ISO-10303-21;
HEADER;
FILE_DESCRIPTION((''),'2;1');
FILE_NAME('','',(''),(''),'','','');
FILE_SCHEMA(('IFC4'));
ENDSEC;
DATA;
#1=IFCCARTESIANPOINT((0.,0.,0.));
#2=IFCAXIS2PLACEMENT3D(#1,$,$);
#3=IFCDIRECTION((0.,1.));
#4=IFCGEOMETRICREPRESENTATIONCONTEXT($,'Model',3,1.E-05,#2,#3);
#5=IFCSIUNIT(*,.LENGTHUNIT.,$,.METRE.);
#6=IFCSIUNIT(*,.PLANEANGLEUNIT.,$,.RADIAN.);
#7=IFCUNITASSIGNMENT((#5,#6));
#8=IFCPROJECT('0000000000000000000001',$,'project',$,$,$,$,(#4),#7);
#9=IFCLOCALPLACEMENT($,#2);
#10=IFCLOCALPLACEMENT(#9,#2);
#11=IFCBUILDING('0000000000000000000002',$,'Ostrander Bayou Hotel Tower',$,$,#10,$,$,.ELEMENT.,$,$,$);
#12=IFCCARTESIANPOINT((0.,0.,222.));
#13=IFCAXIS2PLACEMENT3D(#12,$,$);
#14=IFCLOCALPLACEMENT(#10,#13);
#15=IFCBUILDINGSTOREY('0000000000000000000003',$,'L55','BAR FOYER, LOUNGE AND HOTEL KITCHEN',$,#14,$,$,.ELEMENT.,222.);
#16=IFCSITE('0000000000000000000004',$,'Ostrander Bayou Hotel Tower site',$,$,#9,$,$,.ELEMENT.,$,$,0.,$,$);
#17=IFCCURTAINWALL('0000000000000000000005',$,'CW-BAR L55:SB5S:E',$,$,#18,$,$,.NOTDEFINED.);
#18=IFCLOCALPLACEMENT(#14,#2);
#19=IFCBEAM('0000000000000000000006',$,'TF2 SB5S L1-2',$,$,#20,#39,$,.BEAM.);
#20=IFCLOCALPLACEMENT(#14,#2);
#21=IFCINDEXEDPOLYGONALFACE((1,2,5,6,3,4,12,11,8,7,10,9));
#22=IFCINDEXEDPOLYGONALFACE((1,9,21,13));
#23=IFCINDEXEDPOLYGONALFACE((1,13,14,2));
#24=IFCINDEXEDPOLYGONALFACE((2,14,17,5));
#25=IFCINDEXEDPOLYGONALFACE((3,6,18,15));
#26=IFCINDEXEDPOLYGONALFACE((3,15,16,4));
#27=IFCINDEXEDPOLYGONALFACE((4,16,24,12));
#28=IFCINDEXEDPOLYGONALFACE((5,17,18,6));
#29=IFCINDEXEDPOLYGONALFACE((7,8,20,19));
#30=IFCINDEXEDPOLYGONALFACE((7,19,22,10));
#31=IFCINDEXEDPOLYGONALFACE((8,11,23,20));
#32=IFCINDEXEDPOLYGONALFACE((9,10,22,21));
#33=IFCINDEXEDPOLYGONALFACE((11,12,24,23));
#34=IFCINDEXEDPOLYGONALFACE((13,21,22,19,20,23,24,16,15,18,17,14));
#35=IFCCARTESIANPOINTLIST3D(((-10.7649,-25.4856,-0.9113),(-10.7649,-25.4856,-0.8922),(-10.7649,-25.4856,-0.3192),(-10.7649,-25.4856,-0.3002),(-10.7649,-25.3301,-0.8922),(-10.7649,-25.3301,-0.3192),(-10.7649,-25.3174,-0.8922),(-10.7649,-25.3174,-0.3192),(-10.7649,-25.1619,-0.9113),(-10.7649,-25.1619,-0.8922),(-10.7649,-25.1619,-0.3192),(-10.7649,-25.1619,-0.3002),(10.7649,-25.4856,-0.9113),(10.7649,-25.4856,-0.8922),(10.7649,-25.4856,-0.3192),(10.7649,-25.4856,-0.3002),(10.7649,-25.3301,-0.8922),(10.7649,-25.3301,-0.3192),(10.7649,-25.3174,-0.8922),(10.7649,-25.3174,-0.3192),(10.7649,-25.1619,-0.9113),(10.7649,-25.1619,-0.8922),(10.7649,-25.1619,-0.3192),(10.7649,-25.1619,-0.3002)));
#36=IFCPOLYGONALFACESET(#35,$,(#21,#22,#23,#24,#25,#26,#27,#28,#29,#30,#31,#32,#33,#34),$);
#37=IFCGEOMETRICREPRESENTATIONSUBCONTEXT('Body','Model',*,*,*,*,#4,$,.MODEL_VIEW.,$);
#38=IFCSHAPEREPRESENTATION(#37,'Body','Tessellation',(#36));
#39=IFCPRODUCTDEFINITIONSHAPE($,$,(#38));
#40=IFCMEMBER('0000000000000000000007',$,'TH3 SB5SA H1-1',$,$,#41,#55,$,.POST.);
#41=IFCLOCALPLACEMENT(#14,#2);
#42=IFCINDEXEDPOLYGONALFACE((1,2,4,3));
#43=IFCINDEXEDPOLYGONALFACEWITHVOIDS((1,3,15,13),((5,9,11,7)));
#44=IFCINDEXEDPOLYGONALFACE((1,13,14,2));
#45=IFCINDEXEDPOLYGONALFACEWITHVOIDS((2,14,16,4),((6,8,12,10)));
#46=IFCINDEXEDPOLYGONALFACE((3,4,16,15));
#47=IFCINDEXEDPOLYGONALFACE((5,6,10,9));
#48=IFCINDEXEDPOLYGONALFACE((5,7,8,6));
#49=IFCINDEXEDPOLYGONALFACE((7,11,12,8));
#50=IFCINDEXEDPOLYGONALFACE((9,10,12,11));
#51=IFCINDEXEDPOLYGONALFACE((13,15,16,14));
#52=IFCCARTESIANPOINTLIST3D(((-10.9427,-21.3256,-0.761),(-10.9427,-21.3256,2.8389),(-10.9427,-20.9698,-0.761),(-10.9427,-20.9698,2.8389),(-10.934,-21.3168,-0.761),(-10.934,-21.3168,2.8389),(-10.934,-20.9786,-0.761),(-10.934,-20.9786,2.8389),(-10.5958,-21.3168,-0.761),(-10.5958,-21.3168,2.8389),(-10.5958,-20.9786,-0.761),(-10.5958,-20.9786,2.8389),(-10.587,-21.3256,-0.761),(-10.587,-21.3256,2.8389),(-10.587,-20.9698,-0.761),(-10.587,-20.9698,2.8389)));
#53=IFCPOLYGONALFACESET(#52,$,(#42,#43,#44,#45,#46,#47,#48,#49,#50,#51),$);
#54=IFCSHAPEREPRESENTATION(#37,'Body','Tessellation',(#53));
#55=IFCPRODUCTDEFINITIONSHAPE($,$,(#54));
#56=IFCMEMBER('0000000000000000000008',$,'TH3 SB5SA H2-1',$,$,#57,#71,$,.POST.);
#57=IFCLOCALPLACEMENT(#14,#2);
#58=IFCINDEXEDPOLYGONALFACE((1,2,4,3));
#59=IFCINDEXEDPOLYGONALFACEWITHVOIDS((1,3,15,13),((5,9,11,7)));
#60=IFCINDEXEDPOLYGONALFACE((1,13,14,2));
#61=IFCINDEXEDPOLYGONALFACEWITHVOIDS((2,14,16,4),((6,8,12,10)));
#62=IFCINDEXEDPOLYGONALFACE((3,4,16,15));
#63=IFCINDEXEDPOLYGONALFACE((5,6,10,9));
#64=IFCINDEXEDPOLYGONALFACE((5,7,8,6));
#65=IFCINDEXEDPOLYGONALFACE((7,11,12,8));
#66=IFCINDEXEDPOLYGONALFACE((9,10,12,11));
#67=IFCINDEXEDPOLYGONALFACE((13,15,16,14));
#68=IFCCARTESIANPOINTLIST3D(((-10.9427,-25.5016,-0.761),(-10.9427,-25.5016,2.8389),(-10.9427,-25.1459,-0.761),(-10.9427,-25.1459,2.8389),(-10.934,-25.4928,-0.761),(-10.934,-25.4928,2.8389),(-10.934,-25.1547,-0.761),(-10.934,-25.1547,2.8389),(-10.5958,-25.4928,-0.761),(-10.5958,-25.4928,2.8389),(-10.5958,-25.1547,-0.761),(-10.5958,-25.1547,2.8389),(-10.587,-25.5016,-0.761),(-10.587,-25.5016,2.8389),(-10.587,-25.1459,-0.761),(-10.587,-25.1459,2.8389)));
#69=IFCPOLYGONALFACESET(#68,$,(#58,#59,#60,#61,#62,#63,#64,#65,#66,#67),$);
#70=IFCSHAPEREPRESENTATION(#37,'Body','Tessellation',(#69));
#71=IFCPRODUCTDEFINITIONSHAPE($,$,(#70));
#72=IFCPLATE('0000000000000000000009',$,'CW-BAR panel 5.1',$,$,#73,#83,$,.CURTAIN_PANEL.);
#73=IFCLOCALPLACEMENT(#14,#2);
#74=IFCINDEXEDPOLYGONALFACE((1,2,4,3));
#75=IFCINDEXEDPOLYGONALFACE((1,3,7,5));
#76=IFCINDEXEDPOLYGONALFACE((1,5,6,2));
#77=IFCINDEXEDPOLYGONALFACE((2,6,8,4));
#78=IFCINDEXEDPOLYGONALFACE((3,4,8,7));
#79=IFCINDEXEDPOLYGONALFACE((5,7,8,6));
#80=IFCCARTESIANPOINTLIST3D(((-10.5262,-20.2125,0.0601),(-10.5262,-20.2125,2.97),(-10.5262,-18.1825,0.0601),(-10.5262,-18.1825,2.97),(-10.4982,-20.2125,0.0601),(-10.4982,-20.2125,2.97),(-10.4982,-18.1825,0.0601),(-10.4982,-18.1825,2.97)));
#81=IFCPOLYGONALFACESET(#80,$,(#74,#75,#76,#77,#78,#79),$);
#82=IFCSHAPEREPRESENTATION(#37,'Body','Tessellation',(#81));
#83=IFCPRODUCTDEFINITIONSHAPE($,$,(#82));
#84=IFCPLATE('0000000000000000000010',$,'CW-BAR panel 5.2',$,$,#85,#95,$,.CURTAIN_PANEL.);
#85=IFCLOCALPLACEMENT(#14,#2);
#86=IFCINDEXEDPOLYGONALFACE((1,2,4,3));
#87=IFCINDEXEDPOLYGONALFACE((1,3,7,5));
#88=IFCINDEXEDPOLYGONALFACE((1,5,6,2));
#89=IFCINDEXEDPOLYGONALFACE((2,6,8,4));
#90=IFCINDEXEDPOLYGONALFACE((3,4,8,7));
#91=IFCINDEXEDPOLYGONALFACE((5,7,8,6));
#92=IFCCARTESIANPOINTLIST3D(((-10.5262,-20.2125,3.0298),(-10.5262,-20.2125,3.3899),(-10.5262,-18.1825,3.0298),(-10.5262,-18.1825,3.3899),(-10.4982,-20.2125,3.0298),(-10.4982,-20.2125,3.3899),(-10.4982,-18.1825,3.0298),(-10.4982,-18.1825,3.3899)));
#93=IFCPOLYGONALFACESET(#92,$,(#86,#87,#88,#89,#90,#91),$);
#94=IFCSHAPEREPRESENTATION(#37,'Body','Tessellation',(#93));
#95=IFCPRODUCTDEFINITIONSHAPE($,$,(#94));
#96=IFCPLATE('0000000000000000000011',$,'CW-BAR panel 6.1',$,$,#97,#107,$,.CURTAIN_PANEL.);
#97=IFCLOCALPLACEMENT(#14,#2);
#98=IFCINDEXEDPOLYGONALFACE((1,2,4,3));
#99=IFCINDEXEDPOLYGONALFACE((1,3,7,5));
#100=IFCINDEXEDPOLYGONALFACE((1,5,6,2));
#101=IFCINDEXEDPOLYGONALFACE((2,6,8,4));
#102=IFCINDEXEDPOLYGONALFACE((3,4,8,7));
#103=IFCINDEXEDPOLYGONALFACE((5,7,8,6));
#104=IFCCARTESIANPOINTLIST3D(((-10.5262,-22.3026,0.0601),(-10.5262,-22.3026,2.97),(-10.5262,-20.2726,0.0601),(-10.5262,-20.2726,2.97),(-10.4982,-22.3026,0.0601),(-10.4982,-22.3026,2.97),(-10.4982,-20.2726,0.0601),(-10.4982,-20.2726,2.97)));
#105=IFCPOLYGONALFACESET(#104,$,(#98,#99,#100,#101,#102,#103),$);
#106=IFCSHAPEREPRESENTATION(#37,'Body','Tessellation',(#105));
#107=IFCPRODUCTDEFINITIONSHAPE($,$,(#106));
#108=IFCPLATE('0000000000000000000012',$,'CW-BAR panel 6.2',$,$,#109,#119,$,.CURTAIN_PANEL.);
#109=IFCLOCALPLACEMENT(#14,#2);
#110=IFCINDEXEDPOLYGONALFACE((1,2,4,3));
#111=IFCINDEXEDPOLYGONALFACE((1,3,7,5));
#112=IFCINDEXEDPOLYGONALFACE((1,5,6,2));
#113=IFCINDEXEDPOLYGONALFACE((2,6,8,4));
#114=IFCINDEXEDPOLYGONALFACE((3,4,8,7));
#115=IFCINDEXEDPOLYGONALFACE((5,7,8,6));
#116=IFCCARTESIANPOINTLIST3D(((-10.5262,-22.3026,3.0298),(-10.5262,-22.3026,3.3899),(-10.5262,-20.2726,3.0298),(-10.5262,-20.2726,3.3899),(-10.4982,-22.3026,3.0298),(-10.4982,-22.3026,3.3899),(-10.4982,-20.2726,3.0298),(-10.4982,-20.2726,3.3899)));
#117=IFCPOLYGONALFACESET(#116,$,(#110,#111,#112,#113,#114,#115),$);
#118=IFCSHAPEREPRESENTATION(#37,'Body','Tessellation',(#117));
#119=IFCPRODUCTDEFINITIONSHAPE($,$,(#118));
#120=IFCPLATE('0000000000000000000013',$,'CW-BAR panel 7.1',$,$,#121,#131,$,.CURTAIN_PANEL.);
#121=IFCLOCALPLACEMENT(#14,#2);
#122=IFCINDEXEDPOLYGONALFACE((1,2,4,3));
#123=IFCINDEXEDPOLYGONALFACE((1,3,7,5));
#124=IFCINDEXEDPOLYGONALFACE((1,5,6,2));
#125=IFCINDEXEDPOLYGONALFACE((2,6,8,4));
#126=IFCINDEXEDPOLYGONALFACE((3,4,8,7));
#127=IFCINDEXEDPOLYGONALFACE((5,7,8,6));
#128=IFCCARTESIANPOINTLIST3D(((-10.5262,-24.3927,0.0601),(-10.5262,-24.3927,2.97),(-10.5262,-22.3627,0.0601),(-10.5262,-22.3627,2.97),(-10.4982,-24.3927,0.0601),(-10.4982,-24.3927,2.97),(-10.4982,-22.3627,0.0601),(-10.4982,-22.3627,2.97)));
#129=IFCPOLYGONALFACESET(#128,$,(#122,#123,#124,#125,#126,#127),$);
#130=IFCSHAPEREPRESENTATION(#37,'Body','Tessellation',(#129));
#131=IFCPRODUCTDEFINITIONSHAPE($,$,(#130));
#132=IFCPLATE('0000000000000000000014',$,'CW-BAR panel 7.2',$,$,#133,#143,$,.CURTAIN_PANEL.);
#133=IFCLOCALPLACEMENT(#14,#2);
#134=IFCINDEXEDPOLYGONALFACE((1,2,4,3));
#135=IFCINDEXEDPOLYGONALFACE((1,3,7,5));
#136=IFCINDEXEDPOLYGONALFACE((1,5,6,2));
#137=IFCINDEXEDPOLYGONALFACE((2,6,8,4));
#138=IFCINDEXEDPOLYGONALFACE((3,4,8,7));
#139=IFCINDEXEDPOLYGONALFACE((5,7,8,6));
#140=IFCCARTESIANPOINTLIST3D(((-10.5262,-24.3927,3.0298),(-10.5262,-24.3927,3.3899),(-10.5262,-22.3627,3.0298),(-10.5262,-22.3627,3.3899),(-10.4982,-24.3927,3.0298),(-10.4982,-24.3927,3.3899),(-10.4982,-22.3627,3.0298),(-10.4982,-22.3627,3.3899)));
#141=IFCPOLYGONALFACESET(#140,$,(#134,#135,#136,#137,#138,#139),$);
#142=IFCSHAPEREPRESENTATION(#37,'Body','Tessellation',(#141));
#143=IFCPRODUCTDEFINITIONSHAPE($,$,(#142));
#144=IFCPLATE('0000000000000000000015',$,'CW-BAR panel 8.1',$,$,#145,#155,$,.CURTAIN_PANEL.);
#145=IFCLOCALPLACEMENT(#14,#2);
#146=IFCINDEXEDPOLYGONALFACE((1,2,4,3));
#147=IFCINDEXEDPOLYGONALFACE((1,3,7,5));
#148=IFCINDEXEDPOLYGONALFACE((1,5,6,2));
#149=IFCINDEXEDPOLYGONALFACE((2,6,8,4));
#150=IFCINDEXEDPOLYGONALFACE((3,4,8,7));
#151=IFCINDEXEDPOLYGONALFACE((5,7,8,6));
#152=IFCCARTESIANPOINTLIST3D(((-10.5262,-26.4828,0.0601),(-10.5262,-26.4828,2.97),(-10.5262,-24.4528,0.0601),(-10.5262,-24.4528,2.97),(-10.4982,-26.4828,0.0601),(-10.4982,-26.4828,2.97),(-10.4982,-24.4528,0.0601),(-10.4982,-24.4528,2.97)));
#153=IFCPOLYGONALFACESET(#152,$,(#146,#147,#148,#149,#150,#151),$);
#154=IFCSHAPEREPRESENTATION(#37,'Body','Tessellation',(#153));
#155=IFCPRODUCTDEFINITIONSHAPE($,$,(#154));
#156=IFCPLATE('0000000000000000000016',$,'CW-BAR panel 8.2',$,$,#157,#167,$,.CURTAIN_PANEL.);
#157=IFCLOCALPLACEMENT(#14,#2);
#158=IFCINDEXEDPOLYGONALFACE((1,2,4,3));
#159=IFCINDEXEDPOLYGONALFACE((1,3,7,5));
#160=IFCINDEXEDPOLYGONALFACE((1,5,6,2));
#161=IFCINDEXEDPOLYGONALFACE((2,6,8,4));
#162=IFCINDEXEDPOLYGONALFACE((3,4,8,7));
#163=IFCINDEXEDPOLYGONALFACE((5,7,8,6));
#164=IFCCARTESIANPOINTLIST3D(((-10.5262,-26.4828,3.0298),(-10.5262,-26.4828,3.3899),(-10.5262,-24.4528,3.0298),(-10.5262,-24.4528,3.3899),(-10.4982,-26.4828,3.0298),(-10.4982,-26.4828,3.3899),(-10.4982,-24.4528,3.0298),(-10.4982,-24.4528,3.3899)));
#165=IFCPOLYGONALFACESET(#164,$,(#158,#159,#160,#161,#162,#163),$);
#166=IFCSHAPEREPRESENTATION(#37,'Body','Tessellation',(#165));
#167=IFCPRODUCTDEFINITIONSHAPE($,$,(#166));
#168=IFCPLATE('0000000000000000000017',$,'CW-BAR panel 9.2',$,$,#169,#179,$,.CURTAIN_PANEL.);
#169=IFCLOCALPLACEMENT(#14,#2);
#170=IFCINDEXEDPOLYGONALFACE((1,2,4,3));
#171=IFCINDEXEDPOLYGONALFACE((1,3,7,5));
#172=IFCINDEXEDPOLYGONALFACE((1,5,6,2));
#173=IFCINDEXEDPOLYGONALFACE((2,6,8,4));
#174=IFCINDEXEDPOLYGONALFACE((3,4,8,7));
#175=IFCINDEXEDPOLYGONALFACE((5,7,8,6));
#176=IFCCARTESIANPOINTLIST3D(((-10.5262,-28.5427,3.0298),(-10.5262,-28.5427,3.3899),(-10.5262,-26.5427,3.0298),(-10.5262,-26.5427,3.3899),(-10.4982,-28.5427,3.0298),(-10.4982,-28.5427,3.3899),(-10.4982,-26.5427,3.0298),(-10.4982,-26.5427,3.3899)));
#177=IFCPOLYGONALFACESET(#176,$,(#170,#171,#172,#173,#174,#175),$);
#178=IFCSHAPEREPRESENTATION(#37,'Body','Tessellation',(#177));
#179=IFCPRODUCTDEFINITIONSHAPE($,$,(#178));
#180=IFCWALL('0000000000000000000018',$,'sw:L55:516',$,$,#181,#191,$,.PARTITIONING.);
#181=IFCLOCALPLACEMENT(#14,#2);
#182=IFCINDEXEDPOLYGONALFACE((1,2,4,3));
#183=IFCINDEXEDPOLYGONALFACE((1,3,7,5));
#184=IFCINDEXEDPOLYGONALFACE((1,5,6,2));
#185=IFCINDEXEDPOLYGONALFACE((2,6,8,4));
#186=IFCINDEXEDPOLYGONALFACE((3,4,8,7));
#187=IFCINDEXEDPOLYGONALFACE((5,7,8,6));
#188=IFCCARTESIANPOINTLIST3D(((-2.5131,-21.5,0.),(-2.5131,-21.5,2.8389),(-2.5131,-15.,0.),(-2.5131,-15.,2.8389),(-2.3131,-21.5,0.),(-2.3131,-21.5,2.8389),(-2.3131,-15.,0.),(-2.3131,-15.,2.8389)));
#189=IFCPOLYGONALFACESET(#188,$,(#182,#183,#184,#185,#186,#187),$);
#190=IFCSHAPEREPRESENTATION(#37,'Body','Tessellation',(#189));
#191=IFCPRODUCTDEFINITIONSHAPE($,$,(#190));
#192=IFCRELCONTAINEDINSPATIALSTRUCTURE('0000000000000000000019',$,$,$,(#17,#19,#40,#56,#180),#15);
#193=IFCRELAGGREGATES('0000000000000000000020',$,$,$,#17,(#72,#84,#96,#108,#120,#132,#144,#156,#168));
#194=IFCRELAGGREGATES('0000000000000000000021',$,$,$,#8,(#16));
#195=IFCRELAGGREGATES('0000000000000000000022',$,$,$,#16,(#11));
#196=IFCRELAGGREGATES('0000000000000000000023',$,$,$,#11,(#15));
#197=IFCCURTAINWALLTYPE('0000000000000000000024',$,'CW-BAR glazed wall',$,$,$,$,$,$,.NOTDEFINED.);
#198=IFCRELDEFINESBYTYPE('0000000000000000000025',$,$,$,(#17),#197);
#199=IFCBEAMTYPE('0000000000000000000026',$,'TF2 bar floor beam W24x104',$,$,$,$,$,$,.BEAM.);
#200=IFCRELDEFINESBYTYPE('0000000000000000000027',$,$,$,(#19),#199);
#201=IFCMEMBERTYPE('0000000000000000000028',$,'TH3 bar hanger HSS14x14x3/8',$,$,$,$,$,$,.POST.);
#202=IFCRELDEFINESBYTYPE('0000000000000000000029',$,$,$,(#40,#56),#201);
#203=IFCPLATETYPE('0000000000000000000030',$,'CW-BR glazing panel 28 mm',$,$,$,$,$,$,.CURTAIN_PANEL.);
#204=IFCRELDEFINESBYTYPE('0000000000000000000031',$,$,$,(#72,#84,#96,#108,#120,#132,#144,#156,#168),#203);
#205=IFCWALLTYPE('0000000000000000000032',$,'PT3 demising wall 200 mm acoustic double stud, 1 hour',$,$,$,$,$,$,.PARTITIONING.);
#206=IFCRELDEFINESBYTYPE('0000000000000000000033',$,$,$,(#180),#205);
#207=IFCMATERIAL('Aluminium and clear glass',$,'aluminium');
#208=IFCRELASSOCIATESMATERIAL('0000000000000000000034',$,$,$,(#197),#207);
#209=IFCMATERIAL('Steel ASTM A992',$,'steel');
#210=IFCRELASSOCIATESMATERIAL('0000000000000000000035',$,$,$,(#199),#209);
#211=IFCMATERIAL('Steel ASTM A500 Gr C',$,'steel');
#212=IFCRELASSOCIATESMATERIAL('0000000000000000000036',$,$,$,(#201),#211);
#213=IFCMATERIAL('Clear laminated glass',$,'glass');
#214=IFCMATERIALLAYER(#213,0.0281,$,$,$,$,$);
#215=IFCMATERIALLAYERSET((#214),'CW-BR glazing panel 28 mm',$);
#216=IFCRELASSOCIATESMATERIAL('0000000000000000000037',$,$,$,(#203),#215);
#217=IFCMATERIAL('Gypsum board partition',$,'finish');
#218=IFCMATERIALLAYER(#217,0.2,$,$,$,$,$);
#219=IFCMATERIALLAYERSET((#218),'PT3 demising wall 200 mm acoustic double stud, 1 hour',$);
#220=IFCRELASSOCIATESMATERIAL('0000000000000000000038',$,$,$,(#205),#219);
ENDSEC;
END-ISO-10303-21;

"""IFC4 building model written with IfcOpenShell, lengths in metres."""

from ifc_helpers import new_model, si_unit, direction, frame, frame_2d, origin, origin_2d, place, context, subcontext, project, spatial, rectangle, hollow_rectangle, i_section, extrude, material, layer, layer_set, material_profile, profile_set, type_object, element, aggregate, save


model = new_model("IFC4")

# Units and contexts
model_context = context("Model", 3, precision=1e-05, world=origin(), true_north=direction((0.0, 1.0)))
body_context = subcontext(model_context, "Body", "Model", "MODEL_VIEW")
ifc_project = project(units=[si_unit("LENGTHUNIT", "METRE"), si_unit("PLANEANGLEUNIT", "RADIAN")], contexts=[model_context])

# Site, building, storey
site_placement = place(None, origin())
site = spatial("IfcSite", under=ifc_project, at=site_placement, Name="Ostrander Bayou Hotel Tower site", CompositionType="ELEMENT", RefElevation=0.0)
building_placement = place(site_placement, origin())
building = spatial("IfcBuilding", under=site, at=building_placement, Name="Ostrander Bayou Hotel Tower", CompositionType="ELEMENT")
storey_placement = place(building_placement, frame((0.0, 0.0, 222.0)))
storey = spatial("IfcBuildingStorey", under=building, at=storey_placement, Name="L55", Description="BAR FOYER, LOUNGE AND HOTEL KITCHEN", CompositionType="ELEMENT", Elevation=222.0)

# Curtain wall
ifc_material_1 = material(Name="Aluminium and clear glass", Category="aluminium")
curtain_wall_type = type_object("IfcCurtainWallType", Name="CW-BAR glazed wall", PredefinedType="NOTDEFINED", material=ifc_material_1)
curtain_wall_placement = place(storey_placement, origin())
curtain_wall = element("IfcCurtainWall", 1, at=curtain_wall_placement, inside=storey, type_object=curtain_wall_type, Name="CW-BAR L55:SB5S:E", PredefinedType="NOTDEFINED")

# Beam
ifc_material_2 = material(Name="Steel ASTM A992", Category="steel")
ifc_material_profile_1 = material_profile(ifc_material_2, i_section(OverallWidth=0.3237, OverallDepth=0.6111, WebThickness=0.0127, FlangeThickness=0.019, at=origin_2d()))
ifc_profile_set_1 = profile_set([ifc_material_profile_1], Name="Steel ASTM A992")
beam_type = type_object("IfcBeamType", Name="TF2 bar floor beam W24x104", PredefinedType="BEAM", material=ifc_profile_set_1)
for number, where, z_axis, x_axis, name in (
    (2, (-10.7649, -25.3237, -0.6057), (1.0, 0.0, 0.0), (0.0, 1.0, 0.0), "TF2 SB5S L1-2"),
):
    element("IfcBeam", number, at=place(storey_placement, frame(where, z_axis=z_axis, x_axis=x_axis)), inside=storey, type_object=beam_type, Name=name, PredefinedType="BEAM", context=body_context, shape_type="SweptSolid", body=[
        extrude(i_section(OverallWidth=0.3237, OverallDepth=0.6111, WebThickness=0.0127, FlangeThickness=0.019, at=origin_2d()), origin(), (0.0, 0.0, 1.0), 21.5298),
    ])

# Members
ifc_material_3 = material(Name="Steel ASTM A500 Gr C", Category="steel")
ifc_material_profile_2 = material_profile(ifc_material_3, hollow_rectangle(XDim=0.3557, YDim=0.3557, WallThickness=0.0088, at=origin_2d()))
ifc_profile_set_2 = profile_set([ifc_material_profile_2], Name="Steel ASTM A500 Gr C")
member_type_1 = type_object("IfcMemberType", Name="TH3 bar hanger HSS14x14x3/8", PredefinedType="POST", material=ifc_profile_set_2)
for number, where, z_axis, x_axis, name in (
    (3, (-10.7649, -21.1477, -0.761), (0.0, 0.0, 1.0), (1.0, 0.0, 0.0), "TH3 SB5SA H1-1"),
    (4, (-10.7649, -25.3237, -0.761), (0.0, 0.0, 1.0), (1.0, 0.0, 0.0), "TH3 SB5SA H2-1"),
):
    element("IfcMember", number, at=place(storey_placement, frame(where, z_axis=z_axis, x_axis=x_axis)), inside=storey, type_object=member_type_1, Name=name, PredefinedType="POST", context=body_context, shape_type="SweptSolid", body=[
        extrude(hollow_rectangle(XDim=0.3557, YDim=0.3557, WallThickness=0.0088, at=origin_2d()), origin(), (0.0, 0.0, 1.0), 3.5999),
    ])

# Plates
ifc_material_4 = material(Name="Clear laminated glass", Category="glass")
ifc_layer_1 = layer(ifc_material_4, 0.0281)
ifc_layer_set_1 = layer_set([ifc_layer_1], Name="CW-BR glazing panel 28 mm")
plate_type = type_object("IfcPlateType", Name="CW-BR glazing panel 28 mm", PredefinedType="CURTAIN_PANEL", material=ifc_layer_set_1)
plate_1_placement = place(storey_placement, frame((-10.5122, -19.1975, 0.0601), z_axis=(0.0, 0.0, 1.0), x_axis=(0.0, -1.0, 0.0)))
plate_1 = element("IfcPlate", 5, at=plate_1_placement, type_object=plate_type, Name="CW-BAR panel 5.1", PredefinedType="CURTAIN_PANEL", context=body_context, shape_type="SweptSolid", body=[
    extrude(rectangle(XDim=2.03, YDim=0.0281, at=origin_2d()), origin(), (0.0, 0.0, 1.0), 2.9099),
])
plate_2_placement = place(storey_placement, frame((-10.5122, -19.1975, 3.0298), z_axis=(0.0, 0.0, 1.0), x_axis=(0.0, -1.0, 0.0)))
plate_2 = element("IfcPlate", 6, at=plate_2_placement, type_object=plate_type, Name="CW-BAR panel 5.2", PredefinedType="CURTAIN_PANEL", context=body_context, shape_type="SweptSolid", body=[
    extrude(rectangle(XDim=2.03, YDim=0.0281, at=origin_2d()), origin(), (0.0, 0.0, 1.0), 0.3601),
])
plate_3_placement = place(storey_placement, frame((-10.5122, -21.2876, 0.0601), z_axis=(0.0, 0.0, 1.0), x_axis=(0.0, -1.0, 0.0)))
plate_3 = element("IfcPlate", 7, at=plate_3_placement, type_object=plate_type, Name="CW-BAR panel 6.1", PredefinedType="CURTAIN_PANEL", context=body_context, shape_type="SweptSolid", body=[
    extrude(rectangle(XDim=2.03, YDim=0.0281, at=origin_2d()), origin(), (0.0, 0.0, 1.0), 2.9099),
])
plate_4_placement = place(storey_placement, frame((-10.5122, -21.2876, 3.0298), z_axis=(0.0, 0.0, 1.0), x_axis=(0.0, -1.0, 0.0)))
plate_4 = element("IfcPlate", 8, at=plate_4_placement, type_object=plate_type, Name="CW-BAR panel 6.2", PredefinedType="CURTAIN_PANEL", context=body_context, shape_type="SweptSolid", body=[
    extrude(rectangle(XDim=2.03, YDim=0.0281, at=origin_2d()), origin(), (0.0, 0.0, 1.0), 0.3601),
])
plate_5_placement = place(storey_placement, frame((-10.5122, -23.3777, 0.0601), z_axis=(0.0, 0.0, 1.0), x_axis=(0.0, -1.0, 0.0)))
plate_5 = element("IfcPlate", 9, at=plate_5_placement, type_object=plate_type, Name="CW-BAR panel 7.1", PredefinedType="CURTAIN_PANEL", context=body_context, shape_type="SweptSolid", body=[
    extrude(rectangle(XDim=2.03, YDim=0.0281, at=origin_2d()), origin(), (0.0, 0.0, 1.0), 2.9099),
])
plate_6_placement = place(storey_placement, frame((-10.5122, -23.3777, 3.0298), z_axis=(0.0, 0.0, 1.0), x_axis=(0.0, -1.0, 0.0)))
plate_6 = element("IfcPlate", 10, at=plate_6_placement, type_object=plate_type, Name="CW-BAR panel 7.2", PredefinedType="CURTAIN_PANEL", context=body_context, shape_type="SweptSolid", body=[
    extrude(rectangle(XDim=2.03, YDim=0.0281, at=origin_2d()), origin(), (0.0, 0.0, 1.0), 0.3601),
])
plate_7_placement = place(storey_placement, frame((-10.5122, -25.4678, 0.0601), z_axis=(0.0, 0.0, 1.0), x_axis=(0.0, -1.0, 0.0)))
plate_7 = element("IfcPlate", 11, at=plate_7_placement, type_object=plate_type, Name="CW-BAR panel 8.1", PredefinedType="CURTAIN_PANEL", context=body_context, shape_type="SweptSolid", body=[
    extrude(rectangle(XDim=2.03, YDim=0.0281, at=origin_2d()), origin(), (0.0, 0.0, 1.0), 2.9099),
])
plate_8_placement = place(storey_placement, frame((-10.5122, -25.4678, 3.0298), z_axis=(0.0, 0.0, 1.0), x_axis=(0.0, -1.0, 0.0)))
plate_8 = element("IfcPlate", 12, at=plate_8_placement, type_object=plate_type, Name="CW-BAR panel 8.2", PredefinedType="CURTAIN_PANEL", context=body_context, shape_type="SweptSolid", body=[
    extrude(rectangle(XDim=2.03, YDim=0.0281, at=origin_2d()), origin(), (0.0, 0.0, 1.0), 0.3601),
])
plate_9_placement = place(storey_placement, frame((-10.5122, -27.5427, 3.0298), z_axis=(0.0, 0.0, 1.0), x_axis=(0.0, -1.0, 0.0)))
plate_9 = element("IfcPlate", 13, at=plate_9_placement, type_object=plate_type, Name="CW-BAR panel 9.2", PredefinedType="CURTAIN_PANEL", context=body_context, shape_type="SweptSolid", body=[
    extrude(rectangle(XDim=2.0, YDim=0.0281, at=origin_2d()), origin(), (0.0, 0.0, 1.0), 0.3601),
])
aggregate(curtain_wall, [plate_1, plate_2, plate_3, plate_4, plate_5, plate_6, plate_7, plate_8, plate_9])

# Shared definitions
ifc_material_5 = material(Name="Gypsum board partition", Category="finish")
ifc_layer_2 = layer(ifc_material_5, 0.2)
ifc_layer_set_2 = layer_set([ifc_layer_2], Name="PT3 demising wall 200 mm acoustic double stud, 1 hour")
wall_type = type_object("IfcWallType", Name="PT3 demising wall 200 mm acoustic double stud, 1 hour", PredefinedType="PARTITIONING", material=ifc_layer_set_2)

# Wall
wall_1_placement = place(storey_placement, frame((-2.4131, -21.5, 0.0), z_axis=(0.0, 0.0, 1.0), x_axis=(0.0, 1.0, 0.0)))
element("IfcWall", 14, at=wall_1_placement, inside=storey, type_object=wall_type, Name="sw:L55:516", PredefinedType="PARTITIONING", context=body_context, shape_type="SweptSolid", body=[
    extrude(rectangle(XDim=6.5, YDim=0.2, at=frame_2d((3.25, 0.0))), origin(), (0.0, 0.0, 1.0), 2.8389),
])

save(model, "model.ifc")
